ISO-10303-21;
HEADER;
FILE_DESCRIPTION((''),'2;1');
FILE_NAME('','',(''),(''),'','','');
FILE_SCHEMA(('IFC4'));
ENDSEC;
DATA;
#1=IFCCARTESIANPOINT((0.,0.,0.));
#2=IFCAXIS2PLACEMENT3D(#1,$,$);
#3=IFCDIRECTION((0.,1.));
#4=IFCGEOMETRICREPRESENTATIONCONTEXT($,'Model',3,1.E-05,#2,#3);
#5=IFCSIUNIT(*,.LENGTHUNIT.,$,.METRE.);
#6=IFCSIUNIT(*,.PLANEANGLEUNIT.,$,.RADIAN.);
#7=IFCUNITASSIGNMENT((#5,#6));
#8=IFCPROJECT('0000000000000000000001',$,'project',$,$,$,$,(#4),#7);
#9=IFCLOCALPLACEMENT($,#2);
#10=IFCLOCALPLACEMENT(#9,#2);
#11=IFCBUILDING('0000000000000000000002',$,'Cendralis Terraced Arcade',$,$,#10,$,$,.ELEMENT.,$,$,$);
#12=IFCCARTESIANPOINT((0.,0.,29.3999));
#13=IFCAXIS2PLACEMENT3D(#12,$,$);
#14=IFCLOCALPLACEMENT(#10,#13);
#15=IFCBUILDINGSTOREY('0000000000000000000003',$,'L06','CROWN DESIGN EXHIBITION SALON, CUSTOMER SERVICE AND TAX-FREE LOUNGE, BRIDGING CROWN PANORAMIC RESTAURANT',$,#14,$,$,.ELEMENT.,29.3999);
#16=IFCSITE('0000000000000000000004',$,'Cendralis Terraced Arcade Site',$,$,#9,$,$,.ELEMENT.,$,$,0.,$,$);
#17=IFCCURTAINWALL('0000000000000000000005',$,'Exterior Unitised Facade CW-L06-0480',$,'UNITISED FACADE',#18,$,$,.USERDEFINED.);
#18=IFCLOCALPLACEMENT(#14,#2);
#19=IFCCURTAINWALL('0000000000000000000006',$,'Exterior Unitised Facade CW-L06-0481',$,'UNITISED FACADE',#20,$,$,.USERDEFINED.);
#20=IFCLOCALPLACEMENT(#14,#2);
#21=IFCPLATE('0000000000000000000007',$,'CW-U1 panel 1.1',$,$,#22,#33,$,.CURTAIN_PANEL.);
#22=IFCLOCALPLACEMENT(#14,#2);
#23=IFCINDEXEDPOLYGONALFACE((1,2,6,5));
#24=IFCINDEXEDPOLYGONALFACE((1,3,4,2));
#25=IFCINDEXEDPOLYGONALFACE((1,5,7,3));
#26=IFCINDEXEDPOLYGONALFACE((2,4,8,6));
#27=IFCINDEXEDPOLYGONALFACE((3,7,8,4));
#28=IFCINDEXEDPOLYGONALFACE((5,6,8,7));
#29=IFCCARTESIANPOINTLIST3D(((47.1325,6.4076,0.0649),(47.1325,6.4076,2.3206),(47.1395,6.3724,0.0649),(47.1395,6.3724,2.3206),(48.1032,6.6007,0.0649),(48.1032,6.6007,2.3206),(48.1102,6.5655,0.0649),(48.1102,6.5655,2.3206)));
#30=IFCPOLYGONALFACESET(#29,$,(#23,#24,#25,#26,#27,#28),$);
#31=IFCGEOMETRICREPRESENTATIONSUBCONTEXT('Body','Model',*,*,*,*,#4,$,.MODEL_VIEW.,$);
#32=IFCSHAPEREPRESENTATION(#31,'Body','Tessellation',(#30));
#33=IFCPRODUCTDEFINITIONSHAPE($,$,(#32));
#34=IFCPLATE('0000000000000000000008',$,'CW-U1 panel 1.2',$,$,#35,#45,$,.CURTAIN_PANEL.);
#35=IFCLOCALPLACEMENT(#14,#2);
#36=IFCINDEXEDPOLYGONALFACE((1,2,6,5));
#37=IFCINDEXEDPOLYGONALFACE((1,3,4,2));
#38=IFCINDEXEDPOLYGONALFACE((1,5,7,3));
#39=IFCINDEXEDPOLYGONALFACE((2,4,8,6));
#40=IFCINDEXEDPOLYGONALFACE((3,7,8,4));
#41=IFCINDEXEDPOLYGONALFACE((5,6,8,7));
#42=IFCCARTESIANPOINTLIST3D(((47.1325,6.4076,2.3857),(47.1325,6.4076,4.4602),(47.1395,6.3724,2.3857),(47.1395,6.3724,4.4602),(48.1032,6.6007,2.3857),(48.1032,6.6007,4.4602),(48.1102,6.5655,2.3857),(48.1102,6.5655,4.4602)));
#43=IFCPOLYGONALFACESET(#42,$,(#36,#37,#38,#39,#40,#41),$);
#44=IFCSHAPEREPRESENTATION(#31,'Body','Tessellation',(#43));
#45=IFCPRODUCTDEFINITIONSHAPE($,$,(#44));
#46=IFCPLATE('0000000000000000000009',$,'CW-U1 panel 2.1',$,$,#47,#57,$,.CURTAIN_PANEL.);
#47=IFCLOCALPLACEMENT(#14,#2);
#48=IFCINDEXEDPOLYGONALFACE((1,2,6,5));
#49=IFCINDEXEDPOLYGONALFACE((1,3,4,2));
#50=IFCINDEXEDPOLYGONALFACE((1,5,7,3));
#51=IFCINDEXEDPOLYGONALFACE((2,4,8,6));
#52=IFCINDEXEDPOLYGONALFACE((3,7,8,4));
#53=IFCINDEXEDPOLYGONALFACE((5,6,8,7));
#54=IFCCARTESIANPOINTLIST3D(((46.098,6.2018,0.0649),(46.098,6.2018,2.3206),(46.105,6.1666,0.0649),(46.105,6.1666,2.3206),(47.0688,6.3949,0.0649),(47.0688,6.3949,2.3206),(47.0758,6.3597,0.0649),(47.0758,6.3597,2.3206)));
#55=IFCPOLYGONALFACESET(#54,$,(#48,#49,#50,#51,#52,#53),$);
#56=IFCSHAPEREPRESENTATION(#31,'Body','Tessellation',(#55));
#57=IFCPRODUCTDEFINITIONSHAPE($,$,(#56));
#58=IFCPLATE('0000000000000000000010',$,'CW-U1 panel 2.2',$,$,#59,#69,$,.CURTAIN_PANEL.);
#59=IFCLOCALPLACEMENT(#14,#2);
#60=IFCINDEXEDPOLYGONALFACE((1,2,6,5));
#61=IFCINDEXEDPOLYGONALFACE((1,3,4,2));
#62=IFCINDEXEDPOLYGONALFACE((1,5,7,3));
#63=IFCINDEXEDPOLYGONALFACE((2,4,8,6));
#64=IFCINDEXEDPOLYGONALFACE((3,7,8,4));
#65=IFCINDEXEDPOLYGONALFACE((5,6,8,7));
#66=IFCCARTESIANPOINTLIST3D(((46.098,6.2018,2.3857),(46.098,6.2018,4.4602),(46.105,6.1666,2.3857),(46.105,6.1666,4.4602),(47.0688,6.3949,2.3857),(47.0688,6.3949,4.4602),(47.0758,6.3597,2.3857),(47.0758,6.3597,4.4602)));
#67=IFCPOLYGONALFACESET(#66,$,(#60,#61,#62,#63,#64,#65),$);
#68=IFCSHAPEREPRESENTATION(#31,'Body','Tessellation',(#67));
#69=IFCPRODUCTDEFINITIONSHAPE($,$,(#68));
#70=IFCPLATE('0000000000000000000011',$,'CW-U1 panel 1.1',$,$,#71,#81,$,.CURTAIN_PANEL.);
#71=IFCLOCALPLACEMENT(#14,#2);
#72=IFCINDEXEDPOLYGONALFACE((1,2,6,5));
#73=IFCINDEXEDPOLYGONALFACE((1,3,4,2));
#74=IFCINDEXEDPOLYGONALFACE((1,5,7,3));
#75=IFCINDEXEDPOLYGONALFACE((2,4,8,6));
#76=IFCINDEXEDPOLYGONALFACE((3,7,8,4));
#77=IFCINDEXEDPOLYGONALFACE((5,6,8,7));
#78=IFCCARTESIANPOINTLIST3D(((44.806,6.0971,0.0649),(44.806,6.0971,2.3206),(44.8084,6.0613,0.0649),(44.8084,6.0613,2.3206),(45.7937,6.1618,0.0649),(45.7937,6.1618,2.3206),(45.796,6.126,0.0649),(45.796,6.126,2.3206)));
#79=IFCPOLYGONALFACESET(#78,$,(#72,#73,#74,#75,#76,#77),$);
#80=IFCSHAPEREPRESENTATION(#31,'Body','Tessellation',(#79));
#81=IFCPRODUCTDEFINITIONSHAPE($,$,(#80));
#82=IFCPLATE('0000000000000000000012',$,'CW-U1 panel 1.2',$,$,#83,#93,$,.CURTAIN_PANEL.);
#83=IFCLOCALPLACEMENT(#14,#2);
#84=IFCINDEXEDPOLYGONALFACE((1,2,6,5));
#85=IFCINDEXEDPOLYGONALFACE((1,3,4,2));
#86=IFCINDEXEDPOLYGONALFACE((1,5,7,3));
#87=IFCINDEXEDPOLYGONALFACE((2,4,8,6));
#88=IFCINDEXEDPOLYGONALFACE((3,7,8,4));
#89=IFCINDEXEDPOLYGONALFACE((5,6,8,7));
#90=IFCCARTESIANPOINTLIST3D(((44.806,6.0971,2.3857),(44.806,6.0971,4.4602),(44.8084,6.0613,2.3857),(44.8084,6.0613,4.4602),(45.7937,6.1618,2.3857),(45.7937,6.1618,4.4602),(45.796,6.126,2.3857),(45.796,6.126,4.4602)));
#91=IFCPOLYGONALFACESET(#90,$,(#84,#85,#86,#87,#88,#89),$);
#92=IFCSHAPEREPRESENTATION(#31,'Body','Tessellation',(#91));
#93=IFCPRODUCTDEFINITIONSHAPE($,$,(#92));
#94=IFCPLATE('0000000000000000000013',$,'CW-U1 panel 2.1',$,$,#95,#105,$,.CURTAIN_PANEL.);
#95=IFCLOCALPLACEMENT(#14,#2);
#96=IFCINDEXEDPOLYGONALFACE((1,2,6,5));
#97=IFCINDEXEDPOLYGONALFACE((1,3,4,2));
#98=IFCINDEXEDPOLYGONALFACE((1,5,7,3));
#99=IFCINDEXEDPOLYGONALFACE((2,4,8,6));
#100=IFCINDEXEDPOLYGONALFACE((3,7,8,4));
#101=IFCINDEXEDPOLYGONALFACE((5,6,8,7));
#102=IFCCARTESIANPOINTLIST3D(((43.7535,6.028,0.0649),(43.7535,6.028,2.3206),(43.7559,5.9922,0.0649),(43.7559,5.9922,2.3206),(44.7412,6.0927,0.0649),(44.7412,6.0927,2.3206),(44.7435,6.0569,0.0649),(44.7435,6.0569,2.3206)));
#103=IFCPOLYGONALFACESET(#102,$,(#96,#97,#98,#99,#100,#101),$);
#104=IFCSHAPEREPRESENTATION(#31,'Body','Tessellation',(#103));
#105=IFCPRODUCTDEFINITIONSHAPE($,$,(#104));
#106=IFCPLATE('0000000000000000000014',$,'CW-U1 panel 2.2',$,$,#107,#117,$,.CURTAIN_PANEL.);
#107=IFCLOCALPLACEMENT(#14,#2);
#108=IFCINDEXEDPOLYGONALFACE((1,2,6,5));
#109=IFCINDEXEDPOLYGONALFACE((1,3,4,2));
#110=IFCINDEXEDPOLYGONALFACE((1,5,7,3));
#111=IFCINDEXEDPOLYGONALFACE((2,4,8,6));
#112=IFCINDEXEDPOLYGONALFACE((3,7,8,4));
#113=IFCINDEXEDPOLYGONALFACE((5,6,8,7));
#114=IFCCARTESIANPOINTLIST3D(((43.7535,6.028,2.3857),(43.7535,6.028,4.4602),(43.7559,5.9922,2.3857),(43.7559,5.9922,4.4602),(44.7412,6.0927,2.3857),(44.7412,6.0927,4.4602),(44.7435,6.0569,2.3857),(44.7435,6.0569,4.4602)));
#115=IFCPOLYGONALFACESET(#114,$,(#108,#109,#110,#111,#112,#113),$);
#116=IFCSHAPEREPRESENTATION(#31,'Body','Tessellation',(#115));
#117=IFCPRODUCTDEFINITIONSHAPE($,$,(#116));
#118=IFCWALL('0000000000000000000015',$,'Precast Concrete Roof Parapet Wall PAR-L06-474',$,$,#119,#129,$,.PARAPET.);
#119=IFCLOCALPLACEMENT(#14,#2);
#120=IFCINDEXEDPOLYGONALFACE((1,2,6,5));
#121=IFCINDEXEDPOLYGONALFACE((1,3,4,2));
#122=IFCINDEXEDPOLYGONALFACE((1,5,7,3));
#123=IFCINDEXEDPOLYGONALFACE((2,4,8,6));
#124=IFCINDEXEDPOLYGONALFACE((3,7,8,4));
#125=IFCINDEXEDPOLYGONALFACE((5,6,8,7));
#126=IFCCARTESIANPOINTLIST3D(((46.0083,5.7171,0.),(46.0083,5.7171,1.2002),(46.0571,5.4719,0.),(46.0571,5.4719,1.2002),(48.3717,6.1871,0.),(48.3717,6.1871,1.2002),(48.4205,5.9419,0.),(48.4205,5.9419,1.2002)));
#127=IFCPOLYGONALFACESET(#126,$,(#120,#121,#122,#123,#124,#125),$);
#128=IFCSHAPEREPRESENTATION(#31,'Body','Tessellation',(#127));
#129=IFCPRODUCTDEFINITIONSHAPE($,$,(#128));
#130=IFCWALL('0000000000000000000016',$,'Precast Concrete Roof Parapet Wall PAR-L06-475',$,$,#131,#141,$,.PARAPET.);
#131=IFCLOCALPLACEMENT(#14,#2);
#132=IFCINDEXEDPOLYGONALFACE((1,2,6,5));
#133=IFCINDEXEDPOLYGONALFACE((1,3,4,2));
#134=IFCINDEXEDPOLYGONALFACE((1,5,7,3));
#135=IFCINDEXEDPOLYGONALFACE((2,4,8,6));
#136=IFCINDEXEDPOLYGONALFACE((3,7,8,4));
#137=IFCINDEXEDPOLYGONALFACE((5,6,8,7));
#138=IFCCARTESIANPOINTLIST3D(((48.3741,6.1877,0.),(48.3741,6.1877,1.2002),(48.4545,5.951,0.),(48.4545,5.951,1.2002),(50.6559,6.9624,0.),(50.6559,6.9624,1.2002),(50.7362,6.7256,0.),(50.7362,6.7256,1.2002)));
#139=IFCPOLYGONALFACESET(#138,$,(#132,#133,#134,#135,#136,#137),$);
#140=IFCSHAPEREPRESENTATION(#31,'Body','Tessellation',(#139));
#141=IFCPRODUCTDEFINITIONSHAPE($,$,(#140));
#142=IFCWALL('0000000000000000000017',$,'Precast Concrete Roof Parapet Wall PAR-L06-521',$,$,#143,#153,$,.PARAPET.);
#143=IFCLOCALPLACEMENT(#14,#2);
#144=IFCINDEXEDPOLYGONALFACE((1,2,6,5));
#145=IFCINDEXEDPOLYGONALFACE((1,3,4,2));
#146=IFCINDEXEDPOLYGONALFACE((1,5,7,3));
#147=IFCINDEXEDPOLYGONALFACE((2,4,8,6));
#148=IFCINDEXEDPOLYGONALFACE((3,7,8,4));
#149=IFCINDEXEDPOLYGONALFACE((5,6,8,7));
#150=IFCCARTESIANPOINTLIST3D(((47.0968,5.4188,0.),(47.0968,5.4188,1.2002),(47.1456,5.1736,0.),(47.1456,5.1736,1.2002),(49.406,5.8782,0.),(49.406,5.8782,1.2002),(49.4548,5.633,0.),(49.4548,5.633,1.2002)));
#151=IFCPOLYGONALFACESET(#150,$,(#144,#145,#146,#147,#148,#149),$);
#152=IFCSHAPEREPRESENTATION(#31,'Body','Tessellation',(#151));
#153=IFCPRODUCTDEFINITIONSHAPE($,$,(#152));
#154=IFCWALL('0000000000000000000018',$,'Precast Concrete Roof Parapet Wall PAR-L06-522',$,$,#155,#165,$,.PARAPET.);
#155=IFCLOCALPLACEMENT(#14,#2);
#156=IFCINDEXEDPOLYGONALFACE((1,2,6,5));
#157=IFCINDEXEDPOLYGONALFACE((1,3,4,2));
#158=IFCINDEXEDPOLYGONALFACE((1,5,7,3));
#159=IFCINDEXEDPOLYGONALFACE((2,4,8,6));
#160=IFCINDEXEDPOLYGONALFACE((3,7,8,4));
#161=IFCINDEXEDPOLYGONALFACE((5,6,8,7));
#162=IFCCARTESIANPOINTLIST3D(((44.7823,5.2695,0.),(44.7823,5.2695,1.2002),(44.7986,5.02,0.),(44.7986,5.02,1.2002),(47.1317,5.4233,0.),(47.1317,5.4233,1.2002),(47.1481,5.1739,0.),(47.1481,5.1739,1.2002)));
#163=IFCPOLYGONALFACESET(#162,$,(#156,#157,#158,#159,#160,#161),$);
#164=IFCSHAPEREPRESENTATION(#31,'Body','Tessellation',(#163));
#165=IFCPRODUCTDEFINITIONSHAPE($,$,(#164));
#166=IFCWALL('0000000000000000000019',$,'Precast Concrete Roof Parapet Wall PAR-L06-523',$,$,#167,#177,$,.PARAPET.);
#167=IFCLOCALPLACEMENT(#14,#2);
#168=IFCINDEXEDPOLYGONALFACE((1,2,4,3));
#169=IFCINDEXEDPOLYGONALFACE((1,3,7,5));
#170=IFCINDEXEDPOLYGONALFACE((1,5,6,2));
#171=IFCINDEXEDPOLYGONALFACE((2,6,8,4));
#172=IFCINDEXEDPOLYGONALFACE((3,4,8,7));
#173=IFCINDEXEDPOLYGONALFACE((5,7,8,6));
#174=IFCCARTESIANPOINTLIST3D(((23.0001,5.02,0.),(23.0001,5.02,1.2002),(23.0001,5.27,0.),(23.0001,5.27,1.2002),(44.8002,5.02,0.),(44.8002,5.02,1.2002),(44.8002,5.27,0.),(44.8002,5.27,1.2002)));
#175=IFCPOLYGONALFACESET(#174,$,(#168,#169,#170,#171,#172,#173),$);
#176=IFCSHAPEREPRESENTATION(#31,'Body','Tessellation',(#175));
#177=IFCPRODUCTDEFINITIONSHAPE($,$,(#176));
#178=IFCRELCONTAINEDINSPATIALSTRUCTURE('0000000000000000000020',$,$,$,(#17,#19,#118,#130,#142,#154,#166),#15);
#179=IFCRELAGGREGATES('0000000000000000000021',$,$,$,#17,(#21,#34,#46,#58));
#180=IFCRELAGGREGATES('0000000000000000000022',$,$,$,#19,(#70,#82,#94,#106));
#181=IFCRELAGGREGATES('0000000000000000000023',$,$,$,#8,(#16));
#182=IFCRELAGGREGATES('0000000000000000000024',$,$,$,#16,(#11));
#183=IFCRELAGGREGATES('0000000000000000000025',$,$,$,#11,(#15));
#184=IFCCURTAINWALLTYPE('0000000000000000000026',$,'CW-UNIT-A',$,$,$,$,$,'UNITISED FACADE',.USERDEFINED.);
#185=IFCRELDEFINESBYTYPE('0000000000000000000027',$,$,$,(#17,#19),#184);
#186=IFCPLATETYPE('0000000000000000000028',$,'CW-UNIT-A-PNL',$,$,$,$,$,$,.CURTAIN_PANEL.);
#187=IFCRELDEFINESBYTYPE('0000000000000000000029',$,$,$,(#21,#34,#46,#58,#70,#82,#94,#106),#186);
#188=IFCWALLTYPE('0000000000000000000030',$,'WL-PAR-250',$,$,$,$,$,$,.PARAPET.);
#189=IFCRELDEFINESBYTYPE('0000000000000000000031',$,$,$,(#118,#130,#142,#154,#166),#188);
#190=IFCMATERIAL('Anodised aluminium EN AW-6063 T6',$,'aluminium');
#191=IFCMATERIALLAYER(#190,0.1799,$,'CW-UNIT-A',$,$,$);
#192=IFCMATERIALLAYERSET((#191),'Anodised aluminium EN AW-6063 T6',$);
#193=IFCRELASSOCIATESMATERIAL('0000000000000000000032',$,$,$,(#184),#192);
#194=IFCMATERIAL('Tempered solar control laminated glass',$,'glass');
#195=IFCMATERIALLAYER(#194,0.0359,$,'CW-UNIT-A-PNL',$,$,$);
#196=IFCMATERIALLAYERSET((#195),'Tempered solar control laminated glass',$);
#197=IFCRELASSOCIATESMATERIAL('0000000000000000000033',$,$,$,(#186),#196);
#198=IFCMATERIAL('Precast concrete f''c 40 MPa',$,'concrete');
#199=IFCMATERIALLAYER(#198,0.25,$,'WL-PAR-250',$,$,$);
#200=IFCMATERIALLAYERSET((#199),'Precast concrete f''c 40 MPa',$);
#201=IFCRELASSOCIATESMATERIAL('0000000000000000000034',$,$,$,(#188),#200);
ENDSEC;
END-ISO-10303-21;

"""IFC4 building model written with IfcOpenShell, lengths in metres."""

from ifc_helpers import new_model, si_unit, direction, frame, frame_2d, origin, origin_2d, place, context, subcontext, project, spatial, rectangle, extrude, material, layer, layer_set, type_object, element, aggregate, save


model = new_model("IFC4")

# Units and contexts
model_context = context("Model", 3, precision=1e-05, world=origin(), true_north=direction((0.0, 1.0)))
body_context = subcontext(model_context, "Body", "Model", "MODEL_VIEW")
ifc_project = project(units=[si_unit("LENGTHUNIT", "METRE"), si_unit("PLANEANGLEUNIT", "RADIAN")], contexts=[model_context])

# Site, building, storey
site_placement = place(None, origin())
site = spatial("IfcSite", under=ifc_project, at=site_placement, Name="Cendralis Terraced Arcade Site", CompositionType="ELEMENT", RefElevation=0.0)
building_placement = place(site_placement, origin())
building = spatial("IfcBuilding", under=site, at=building_placement, Name="Cendralis Terraced Arcade", CompositionType="ELEMENT")
storey_placement = place(building_placement, frame((0.0, 0.0, 29.3999)))
storey = spatial("IfcBuildingStorey", under=building, at=storey_placement, Name="L06", Description="CROWN DESIGN EXHIBITION SALON, CUSTOMER SERVICE AND TAX-FREE LOUNGE, BRIDGING CROWN PANORAMIC RESTAURANT", CompositionType="ELEMENT", Elevation=29.3999)

# Curtain walls
ifc_material_1 = material(Name="Anodised aluminium EN AW-6063 T6", Category="aluminium")
ifc_layer_1 = layer(ifc_material_1, 0.1799, Name="CW-UNIT-A")
ifc_layer_set_1 = layer_set([ifc_layer_1], Name="Anodised aluminium EN AW-6063 T6")
curtain_wall_type = type_object("IfcCurtainWallType", Name="CW-UNIT-A", ElementType="UNITISED FACADE", PredefinedType="USERDEFINED", material=ifc_layer_set_1)
curtain_wall_1_placement = place(storey_placement, origin())
curtain_wall_1 = element("IfcCurtainWall", 1, at=curtain_wall_1_placement, inside=storey, type_object=curtain_wall_type, Name="Exterior Unitised Facade CW-L06-0480", ObjectType="UNITISED FACADE", PredefinedType="USERDEFINED")
curtain_wall_2_placement = place(storey_placement, origin())
curtain_wall_2 = element("IfcCurtainWall", 2, at=curtain_wall_2_placement, inside=storey, type_object=curtain_wall_type, Name="Exterior Unitised Facade CW-L06-0481", ObjectType="UNITISED FACADE", PredefinedType="USERDEFINED")

# Plates
ifc_material_2 = material(Name="Tempered solar control laminated glass", Category="glass")
ifc_layer_2 = layer(ifc_material_2, 0.0359, Name="CW-UNIT-A-PNL")
ifc_layer_set_2 = layer_set([ifc_layer_2], Name="Tempered solar control laminated glass")
plate_type = type_object("IfcPlateType", Name="CW-UNIT-A-PNL", PredefinedType="CURTAIN_PANEL", material=ifc_layer_set_2)
plate_1_placement = place(storey_placement, frame((47.6213, 6.4866, 0.0649), z_axis=(0.0, 0.0, 1.0), x_axis=(-0.980794, -0.195046, 0.0)))
plate_1 = element("IfcPlate", 3, at=plate_1_placement, type_object=plate_type, Name="CW-U1 panel 1.1", PredefinedType="CURTAIN_PANEL", context=body_context, shape_type="SweptSolid", body=[
    extrude(rectangle(XDim=0.9897, YDim=0.0359, at=origin_2d()), origin(), (0.0, 0.0, 1.0), 2.2556),
])
plate_2_placement = place(storey_placement, frame((47.6213, 6.4866, 2.3857), z_axis=(0.0, 0.0, 1.0), x_axis=(-0.980794, -0.195046, 0.0)))
plate_2 = element("IfcPlate", 4, at=plate_2_placement, type_object=plate_type, Name="CW-U1 panel 1.2", PredefinedType="CURTAIN_PANEL", context=body_context, shape_type="SweptSolid", body=[
    extrude(rectangle(XDim=0.9897, YDim=0.0359, at=origin_2d()), origin(), (0.0, 0.0, 1.0), 2.0745),
])
plate_3_placement = place(storey_placement, frame((46.5869, 6.2808, 0.0649), z_axis=(0.0, 0.0, 1.0), x_axis=(-0.980794, -0.195046, 0.0)))
plate_3 = element("IfcPlate", 5, at=plate_3_placement, type_object=plate_type, Name="CW-U1 panel 2.1", PredefinedType="CURTAIN_PANEL", context=body_context, shape_type="SweptSolid", body=[
    extrude(rectangle(XDim=0.9897, YDim=0.0359, at=origin_2d()), origin(), (0.0, 0.0, 1.0), 2.2556),
])
plate_4_placement = place(storey_placement, frame((46.5869, 6.2808, 2.3857), z_axis=(0.0, 0.0, 1.0), x_axis=(-0.980794, -0.195046, 0.0)))
plate_4 = element("IfcPlate", 6, at=plate_4_placement, type_object=plate_type, Name="CW-U1 panel 2.2", PredefinedType="CURTAIN_PANEL", context=body_context, shape_type="SweptSolid", body=[
    extrude(rectangle(XDim=0.9897, YDim=0.0359, at=origin_2d()), origin(), (0.0, 0.0, 1.0), 2.0745),
])
aggregate(curtain_wall_1, [plate_1, plate_2, plate_3, plate_4])
plate_5_placement = place(storey_placement, frame((45.301, 6.1116, 0.0649), z_axis=(0.0, 0.0, 1.0), x_axis=(-0.99786, -0.065393, 0.0)))
plate_5 = element("IfcPlate", 7, at=plate_5_placement, type_object=plate_type, Name="CW-U1 panel 1.1", PredefinedType="CURTAIN_PANEL", context=body_context, shape_type="SweptSolid", body=[
    extrude(rectangle(XDim=0.9897, YDim=0.0359, at=origin_2d()), origin(), (0.0, 0.0, 1.0), 2.2556),
])
plate_6_placement = place(storey_placement, frame((45.301, 6.1116, 2.3857), z_axis=(0.0, 0.0, 1.0), x_axis=(-0.99786, -0.065393, 0.0)))
plate_6 = element("IfcPlate", 8, at=plate_6_placement, type_object=plate_type, Name="CW-U1 panel 1.2", PredefinedType="CURTAIN_PANEL", context=body_context, shape_type="SweptSolid", body=[
    extrude(rectangle(XDim=0.9897, YDim=0.0359, at=origin_2d()), origin(), (0.0, 0.0, 1.0), 2.0745),
])
plate_7_placement = place(storey_placement, frame((44.2485, 6.0425, 0.0649), z_axis=(0.0, 0.0, 1.0), x_axis=(-0.99786, -0.065393, 0.0)))
plate_7 = element("IfcPlate", 9, at=plate_7_placement, type_object=plate_type, Name="CW-U1 panel 2.1", PredefinedType="CURTAIN_PANEL", context=body_context, shape_type="SweptSolid", body=[
    extrude(rectangle(XDim=0.9897, YDim=0.0359, at=origin_2d()), origin(), (0.0, 0.0, 1.0), 2.2556),
])
plate_8_placement = place(storey_placement, frame((44.2485, 6.0425, 2.3857), z_axis=(0.0, 0.0, 1.0), x_axis=(-0.99786, -0.065393, 0.0)))
plate_8 = element("IfcPlate", 10, at=plate_8_placement, type_object=plate_type, Name="CW-U1 panel 2.2", PredefinedType="CURTAIN_PANEL", context=body_context, shape_type="SweptSolid", body=[
    extrude(rectangle(XDim=0.9897, YDim=0.0359, at=origin_2d()), origin(), (0.0, 0.0, 1.0), 2.0745),
])
aggregate(curtain_wall_2, [plate_5, plate_6, plate_7, plate_8])

# Walls
ifc_material_3 = material(Name="Precast concrete f'c 40 MPa", Category="concrete")
ifc_layer_3 = layer(ifc_material_3, 0.25, Name="WL-PAR-250")
ifc_layer_set_3 = layer_set([ifc_layer_3], Name="Precast concrete f'c 40 MPa")
wall_type = type_object("IfcWallType", Name="WL-PAR-250", PredefinedType="PARAPET", material=ifc_layer_set_3)
for number, where, z_axis, x_axis, name in (
    (11, (46.0327, 5.5945, 0.0), (0.0, 0.0, 1.0), (0.980794, 0.195044, 0.0), "Precast Concrete Roof Parapet Wall PAR-L06-474"),
    (12, (48.4143, 6.0693, 0.0), (0.0, 0.0, 1.0), (0.946916, 0.321481, 0.0), "Precast Concrete Roof Parapet Wall PAR-L06-475"),
):
    element("IfcWall", number, at=place(storey_placement, frame(where, z_axis=z_axis, x_axis=x_axis)), inside=storey, type_object=wall_type, Name=name, PredefinedType="PARAPET", context=body_context, shape_type="SweptSolid", body=[
        extrude(rectangle(XDim=2.4097, YDim=0.25, at=frame_2d((1.2048, 0.0))), origin(), (0.0, 0.0, 1.0), 1.2002),
    ])
for number, where, z_axis, x_axis, name in (
    (13, (49.4304, 5.7556, 0.0), (0.0, 0.0, 1.0), (-0.980776, -0.195139, 0.0), "Precast Concrete Roof Parapet Wall PAR-L06-521"),
    (14, (47.1399, 5.2986, 0.0), (0.0, 0.0, 1.0), (-0.997864, -0.065328, 0.0), "Precast Concrete Roof Parapet Wall PAR-L06-522"),
):
    element("IfcWall", number, at=place(storey_placement, frame(where, z_axis=z_axis, x_axis=x_axis)), inside=storey, type_object=wall_type, Name=name, PredefinedType="PARAPET", context=body_context, shape_type="SweptSolid", body=[
        extrude(rectangle(XDim=2.3545, YDim=0.25, at=frame_2d((1.1772, 0.0))), origin(), (0.0, 0.0, 1.0), 1.2002),
    ])
wall_placement = place(storey_placement, frame((44.8, 5.145, 0.0), z_axis=(0.0, 0.0, 1.0), x_axis=(-1.0, 0.0, 0.0)))
element("IfcWall", 15, at=wall_placement, inside=storey, type_object=wall_type, Name="Precast Concrete Roof Parapet Wall PAR-L06-523", PredefinedType="PARAPET", context=body_context, shape_type="SweptSolid", body=[
    extrude(rectangle(XDim=21.8, YDim=0.25, at=frame_2d((10.8999, 0.0))), origin(), (0.0, 0.0, 1.0), 1.2002),
])

save(model, "model.ifc")
